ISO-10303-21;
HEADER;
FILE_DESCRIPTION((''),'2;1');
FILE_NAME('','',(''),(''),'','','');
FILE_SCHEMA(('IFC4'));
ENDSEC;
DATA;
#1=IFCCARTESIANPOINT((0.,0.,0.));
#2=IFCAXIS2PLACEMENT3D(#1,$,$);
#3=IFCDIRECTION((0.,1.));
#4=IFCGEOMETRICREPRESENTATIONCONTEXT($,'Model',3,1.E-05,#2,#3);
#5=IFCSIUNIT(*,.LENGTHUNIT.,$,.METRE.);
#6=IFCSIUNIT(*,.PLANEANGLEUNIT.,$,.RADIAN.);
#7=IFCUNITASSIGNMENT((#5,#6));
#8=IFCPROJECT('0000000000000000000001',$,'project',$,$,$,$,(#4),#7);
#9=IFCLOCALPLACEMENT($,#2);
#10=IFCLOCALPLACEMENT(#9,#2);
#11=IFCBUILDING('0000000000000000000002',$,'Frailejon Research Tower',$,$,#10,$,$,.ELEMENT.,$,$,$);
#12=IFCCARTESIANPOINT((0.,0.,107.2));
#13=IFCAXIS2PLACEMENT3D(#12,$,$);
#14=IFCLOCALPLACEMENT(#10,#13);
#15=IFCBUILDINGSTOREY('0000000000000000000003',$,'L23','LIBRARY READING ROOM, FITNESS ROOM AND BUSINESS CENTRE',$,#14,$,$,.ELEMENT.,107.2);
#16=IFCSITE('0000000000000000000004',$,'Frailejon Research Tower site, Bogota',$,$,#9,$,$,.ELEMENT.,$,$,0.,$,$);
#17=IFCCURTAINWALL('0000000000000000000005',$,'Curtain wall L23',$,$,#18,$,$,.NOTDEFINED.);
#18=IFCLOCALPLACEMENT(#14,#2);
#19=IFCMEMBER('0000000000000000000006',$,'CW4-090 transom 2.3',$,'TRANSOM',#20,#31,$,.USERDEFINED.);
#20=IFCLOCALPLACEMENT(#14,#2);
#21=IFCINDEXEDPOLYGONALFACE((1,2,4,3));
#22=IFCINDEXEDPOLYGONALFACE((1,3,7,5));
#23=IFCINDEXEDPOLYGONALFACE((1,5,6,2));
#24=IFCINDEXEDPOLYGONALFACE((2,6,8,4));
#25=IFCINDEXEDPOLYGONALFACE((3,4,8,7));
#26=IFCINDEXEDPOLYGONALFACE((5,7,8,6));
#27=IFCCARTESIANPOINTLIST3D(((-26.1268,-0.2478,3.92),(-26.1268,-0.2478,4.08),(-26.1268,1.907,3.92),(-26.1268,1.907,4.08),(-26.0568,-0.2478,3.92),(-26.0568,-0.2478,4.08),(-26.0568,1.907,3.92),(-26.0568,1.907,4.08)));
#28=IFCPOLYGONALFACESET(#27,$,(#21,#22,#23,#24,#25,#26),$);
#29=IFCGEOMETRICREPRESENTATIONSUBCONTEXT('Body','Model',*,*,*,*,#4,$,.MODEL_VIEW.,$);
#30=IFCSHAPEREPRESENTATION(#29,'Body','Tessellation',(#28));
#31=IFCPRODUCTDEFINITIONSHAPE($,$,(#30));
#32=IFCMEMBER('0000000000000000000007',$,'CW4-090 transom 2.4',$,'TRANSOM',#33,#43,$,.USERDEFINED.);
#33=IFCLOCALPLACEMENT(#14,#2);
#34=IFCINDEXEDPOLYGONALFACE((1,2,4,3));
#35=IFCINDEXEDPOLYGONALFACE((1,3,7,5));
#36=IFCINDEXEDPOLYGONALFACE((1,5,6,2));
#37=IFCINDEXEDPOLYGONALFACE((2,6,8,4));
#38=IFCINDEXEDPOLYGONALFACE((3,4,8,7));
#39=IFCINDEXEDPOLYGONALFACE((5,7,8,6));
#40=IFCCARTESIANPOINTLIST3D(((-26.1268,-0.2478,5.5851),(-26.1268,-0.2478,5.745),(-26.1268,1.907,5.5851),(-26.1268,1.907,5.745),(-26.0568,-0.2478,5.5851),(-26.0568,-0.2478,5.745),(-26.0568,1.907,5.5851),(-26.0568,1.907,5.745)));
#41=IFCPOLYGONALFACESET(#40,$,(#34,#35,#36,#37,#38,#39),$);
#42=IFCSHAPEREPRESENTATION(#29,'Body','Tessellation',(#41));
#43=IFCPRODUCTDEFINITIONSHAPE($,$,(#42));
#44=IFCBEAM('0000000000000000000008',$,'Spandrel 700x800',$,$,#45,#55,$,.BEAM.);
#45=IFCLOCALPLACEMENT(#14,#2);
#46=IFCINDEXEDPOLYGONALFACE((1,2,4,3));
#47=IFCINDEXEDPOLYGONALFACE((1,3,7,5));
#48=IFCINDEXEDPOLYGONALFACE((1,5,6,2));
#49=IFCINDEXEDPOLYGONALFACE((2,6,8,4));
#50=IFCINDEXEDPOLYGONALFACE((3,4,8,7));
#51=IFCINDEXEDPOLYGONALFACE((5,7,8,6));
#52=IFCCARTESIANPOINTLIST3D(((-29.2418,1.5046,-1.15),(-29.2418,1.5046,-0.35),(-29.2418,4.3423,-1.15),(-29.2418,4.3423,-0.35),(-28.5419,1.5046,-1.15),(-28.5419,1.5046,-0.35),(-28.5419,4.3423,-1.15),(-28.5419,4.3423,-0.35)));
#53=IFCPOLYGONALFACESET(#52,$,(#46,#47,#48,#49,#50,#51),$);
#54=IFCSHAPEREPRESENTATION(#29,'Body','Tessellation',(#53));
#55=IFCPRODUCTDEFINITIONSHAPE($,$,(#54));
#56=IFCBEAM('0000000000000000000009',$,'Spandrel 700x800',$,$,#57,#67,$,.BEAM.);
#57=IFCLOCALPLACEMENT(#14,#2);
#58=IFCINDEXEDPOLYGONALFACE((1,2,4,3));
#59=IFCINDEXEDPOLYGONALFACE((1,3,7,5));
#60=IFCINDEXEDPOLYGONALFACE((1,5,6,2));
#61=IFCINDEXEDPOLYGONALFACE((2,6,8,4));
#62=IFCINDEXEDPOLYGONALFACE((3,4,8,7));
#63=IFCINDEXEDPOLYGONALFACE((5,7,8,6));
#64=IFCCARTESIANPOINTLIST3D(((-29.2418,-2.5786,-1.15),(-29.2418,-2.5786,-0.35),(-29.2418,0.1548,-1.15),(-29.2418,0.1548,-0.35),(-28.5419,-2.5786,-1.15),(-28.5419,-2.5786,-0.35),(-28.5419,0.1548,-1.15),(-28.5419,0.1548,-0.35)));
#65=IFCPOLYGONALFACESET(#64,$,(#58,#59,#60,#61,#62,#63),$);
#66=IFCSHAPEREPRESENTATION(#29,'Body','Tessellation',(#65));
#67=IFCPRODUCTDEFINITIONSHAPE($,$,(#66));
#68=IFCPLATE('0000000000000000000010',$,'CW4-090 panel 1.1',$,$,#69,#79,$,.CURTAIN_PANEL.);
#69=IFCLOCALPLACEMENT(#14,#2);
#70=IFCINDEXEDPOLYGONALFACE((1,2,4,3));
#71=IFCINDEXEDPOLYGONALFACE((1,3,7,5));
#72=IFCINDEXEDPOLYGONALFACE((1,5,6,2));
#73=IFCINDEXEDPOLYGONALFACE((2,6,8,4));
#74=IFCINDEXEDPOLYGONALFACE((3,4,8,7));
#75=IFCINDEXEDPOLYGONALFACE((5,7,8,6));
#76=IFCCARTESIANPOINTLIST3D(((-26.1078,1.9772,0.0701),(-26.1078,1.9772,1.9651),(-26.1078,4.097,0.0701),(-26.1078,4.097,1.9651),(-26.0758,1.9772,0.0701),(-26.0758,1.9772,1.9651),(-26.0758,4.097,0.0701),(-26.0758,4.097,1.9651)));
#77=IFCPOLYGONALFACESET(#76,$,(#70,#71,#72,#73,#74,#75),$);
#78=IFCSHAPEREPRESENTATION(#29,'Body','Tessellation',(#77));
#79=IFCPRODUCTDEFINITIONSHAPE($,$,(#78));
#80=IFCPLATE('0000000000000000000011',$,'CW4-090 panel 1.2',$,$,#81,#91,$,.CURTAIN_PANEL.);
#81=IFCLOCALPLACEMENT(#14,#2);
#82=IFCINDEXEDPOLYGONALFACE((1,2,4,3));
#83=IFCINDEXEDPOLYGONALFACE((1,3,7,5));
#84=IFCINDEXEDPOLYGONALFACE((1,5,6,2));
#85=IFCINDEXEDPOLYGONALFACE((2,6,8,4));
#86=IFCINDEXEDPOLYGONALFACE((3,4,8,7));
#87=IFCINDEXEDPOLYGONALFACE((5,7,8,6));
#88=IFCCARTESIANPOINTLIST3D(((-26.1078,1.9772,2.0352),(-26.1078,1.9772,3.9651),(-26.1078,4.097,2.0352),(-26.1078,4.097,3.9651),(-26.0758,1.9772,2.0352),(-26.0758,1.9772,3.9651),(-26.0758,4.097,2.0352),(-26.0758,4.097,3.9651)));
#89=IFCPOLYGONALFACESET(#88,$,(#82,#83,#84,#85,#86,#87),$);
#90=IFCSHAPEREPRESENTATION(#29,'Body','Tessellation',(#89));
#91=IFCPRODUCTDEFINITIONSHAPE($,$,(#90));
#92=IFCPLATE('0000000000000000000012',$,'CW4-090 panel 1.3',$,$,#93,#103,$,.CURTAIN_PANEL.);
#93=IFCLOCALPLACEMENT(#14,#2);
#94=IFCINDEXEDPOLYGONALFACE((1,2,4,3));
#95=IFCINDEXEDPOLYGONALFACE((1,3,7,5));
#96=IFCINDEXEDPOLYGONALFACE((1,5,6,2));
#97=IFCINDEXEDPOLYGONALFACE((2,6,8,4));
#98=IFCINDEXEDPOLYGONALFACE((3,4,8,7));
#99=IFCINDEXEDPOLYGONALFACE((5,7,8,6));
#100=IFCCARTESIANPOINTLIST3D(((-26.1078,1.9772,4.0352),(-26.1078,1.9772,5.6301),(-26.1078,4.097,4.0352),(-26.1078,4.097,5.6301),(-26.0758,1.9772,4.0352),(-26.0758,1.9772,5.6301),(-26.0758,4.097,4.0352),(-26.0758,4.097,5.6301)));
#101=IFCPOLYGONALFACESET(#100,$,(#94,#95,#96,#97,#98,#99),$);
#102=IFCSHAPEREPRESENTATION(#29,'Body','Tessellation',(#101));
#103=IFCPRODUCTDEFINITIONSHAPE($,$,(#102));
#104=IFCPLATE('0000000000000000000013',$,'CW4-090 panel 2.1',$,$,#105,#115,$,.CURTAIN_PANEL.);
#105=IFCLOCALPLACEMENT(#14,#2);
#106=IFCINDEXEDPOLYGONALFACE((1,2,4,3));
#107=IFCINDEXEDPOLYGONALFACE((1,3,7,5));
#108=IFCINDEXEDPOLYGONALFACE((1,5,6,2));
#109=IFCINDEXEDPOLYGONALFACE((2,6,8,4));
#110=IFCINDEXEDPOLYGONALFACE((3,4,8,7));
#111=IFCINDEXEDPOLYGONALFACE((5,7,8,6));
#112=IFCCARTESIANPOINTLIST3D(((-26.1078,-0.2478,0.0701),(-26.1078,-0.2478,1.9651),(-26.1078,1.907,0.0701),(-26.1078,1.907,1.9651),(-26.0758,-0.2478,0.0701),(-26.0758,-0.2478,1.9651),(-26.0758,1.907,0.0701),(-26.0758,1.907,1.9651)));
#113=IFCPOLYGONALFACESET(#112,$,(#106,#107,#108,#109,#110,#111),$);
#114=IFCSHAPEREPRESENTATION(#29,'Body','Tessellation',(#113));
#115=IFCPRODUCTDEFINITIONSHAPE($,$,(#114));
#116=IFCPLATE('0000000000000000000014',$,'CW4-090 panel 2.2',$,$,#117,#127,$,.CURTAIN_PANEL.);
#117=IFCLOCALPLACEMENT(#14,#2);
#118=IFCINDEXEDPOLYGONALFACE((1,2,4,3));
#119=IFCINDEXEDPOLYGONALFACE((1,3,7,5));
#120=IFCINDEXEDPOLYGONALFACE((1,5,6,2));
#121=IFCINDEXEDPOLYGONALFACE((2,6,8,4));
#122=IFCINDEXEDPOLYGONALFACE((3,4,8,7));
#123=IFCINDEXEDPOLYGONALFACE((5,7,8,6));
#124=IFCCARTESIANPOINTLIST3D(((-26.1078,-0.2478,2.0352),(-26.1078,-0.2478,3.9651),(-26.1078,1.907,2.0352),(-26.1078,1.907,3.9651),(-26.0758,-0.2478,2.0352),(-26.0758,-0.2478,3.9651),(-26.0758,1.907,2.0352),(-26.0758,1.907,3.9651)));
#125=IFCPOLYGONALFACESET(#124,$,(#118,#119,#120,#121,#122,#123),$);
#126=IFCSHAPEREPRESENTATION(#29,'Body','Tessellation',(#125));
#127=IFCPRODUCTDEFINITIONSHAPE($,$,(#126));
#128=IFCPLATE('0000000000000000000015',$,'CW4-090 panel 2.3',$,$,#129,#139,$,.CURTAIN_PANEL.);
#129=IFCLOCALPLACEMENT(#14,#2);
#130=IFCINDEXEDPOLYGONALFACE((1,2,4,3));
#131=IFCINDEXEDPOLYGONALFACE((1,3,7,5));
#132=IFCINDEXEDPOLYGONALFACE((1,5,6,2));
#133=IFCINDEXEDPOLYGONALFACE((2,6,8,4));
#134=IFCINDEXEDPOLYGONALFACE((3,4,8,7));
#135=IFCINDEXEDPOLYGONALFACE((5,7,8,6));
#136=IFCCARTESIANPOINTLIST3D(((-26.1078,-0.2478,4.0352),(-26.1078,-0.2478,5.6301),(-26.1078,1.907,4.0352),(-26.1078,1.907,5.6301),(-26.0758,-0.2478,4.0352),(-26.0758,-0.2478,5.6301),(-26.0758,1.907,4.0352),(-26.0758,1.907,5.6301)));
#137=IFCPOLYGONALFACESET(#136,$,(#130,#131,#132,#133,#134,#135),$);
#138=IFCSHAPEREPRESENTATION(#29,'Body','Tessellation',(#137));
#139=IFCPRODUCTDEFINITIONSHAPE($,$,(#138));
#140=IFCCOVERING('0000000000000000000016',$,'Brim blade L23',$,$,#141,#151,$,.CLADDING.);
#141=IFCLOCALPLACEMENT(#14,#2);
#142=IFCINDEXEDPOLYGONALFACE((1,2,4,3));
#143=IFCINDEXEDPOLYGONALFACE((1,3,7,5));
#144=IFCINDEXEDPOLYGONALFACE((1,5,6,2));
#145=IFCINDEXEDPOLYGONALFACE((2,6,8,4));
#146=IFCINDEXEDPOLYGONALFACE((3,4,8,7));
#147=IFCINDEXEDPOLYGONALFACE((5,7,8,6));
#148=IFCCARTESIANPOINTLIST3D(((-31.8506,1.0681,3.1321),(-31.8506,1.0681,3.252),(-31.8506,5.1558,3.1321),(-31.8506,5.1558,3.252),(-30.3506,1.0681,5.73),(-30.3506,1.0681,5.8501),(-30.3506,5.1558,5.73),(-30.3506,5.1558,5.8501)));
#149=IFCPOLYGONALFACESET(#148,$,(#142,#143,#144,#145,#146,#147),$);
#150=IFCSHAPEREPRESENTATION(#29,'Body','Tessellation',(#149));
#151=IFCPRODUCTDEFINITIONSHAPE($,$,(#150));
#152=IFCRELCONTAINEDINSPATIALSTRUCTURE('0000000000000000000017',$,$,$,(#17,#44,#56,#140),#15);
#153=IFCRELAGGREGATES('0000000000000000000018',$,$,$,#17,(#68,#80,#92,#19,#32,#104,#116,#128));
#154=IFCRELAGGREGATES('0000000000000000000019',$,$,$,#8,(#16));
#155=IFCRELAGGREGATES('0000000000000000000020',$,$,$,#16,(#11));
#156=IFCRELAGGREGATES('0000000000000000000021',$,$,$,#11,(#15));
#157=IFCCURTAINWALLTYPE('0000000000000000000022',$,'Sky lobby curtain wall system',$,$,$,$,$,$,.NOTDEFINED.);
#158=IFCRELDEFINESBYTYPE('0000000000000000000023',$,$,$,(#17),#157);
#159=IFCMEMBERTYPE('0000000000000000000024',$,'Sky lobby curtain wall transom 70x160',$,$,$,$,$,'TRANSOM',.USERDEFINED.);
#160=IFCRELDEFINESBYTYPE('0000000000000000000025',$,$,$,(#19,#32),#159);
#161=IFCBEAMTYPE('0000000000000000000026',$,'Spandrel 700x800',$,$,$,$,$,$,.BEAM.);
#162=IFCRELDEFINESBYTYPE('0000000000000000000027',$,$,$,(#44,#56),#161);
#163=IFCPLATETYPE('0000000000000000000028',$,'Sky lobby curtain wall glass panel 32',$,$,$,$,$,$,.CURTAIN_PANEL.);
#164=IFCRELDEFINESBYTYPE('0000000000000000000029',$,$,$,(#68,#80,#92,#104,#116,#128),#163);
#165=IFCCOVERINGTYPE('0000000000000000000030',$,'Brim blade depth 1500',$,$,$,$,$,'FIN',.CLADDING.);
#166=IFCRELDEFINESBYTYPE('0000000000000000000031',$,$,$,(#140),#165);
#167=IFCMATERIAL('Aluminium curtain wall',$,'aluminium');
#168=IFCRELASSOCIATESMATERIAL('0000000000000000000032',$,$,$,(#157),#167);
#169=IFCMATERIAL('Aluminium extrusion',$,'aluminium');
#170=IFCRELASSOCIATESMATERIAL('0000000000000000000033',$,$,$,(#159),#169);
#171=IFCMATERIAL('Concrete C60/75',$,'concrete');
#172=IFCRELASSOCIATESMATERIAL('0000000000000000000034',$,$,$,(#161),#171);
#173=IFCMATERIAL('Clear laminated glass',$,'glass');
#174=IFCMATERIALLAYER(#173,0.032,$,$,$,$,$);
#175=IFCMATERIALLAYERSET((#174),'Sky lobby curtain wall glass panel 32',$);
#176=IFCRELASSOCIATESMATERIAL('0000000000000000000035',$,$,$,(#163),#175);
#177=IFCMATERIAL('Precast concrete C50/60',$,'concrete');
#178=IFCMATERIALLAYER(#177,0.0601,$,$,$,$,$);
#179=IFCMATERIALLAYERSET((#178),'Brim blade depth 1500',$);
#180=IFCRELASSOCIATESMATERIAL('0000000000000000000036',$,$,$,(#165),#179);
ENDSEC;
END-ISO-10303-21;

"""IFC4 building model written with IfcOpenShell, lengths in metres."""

from ifc_helpers import new_model, si_unit, direction, frame, origin, origin_2d, place, context, subcontext, project, spatial, polyline, rectangle, outline, extrude, material, layer, layer_set, material_profile, profile_set, type_object, element, aggregate, save


model = new_model("IFC4")

# Units and contexts
model_context = context("Model", 3, precision=1e-05, world=origin(), true_north=direction((0.0, 1.0)))
body_context = subcontext(model_context, "Body", "Model", "MODEL_VIEW")
ifc_project = project(units=[si_unit("LENGTHUNIT", "METRE"), si_unit("PLANEANGLEUNIT", "RADIAN")], contexts=[model_context])

# Site, building, storey
site_placement = place(None, origin())
site = spatial("IfcSite", under=ifc_project, at=site_placement, Name="Frailejon Research Tower site, Bogota", CompositionType="ELEMENT", RefElevation=0.0)
building_placement = place(site_placement, origin())
building = spatial("IfcBuilding", under=site, at=building_placement, Name="Frailejon Research Tower", CompositionType="ELEMENT")
storey_placement = place(building_placement, frame((0.0, 0.0, 107.2)))
storey = spatial("IfcBuildingStorey", under=building, at=storey_placement, Name="L23", Description="LIBRARY READING ROOM, FITNESS ROOM AND BUSINESS CENTRE", CompositionType="ELEMENT", Elevation=107.2)

# Shared definitions
ifc_material_1 = material(Name="Aluminium curtain wall", Category="aluminium")
curtain_wall_type = type_object("IfcCurtainWallType", Name="Sky lobby curtain wall system", PredefinedType="NOTDEFINED", material=ifc_material_1)

# Curtain wall, members
curtain_wall_1_placement = place(storey_placement, origin())
curtain_wall_1 = element("IfcCurtainWall", 1, at=curtain_wall_1_placement, inside=storey, type_object=curtain_wall_type, Name="Curtain wall L23", PredefinedType="NOTDEFINED")
ifc_material_2 = material(Name="Aluminium extrusion", Category="aluminium")
ifc_material_profile_1 = material_profile(ifc_material_2, rectangle(XDim=0.0701, YDim=0.1599, at=origin_2d()), Name="Sky lobby curtain wall transom 70x160")
ifc_profile_set_1 = profile_set([ifc_material_profile_1], Name="Aluminium extrusion")
member_type_1 = type_object("IfcMemberType", Name="Sky lobby curtain wall transom 70x160", ElementType="TRANSOM", PredefinedType="USERDEFINED", material=ifc_profile_set_1)
member_1_placement = place(storey_placement, frame((-26.0918, 1.907, 4.0), z_axis=(0.0, -1.0, 0.0), x_axis=(1.0, 0.0, 0.0)))
member_1 = element("IfcMember", 2, at=member_1_placement, type_object=member_type_1, Name="CW4-090 transom 2.3", ObjectType="TRANSOM", PredefinedType="USERDEFINED", context=body_context, shape_type="SweptSolid", body=[
    extrude(rectangle(XDim=0.0701, YDim=0.1599, at=origin_2d()), origin(), (0.0, 0.0, 1.0), 2.1548),
])
member_2_placement = place(storey_placement, frame((-26.0918, 1.907, 5.665), z_axis=(0.0, -1.0, 0.0), x_axis=(1.0, 0.0, 0.0)))
member_2 = element("IfcMember", 3, at=member_2_placement, type_object=member_type_1, Name="CW4-090 transom 2.4", ObjectType="TRANSOM", PredefinedType="USERDEFINED", context=body_context, shape_type="SweptSolid", body=[
    extrude(rectangle(XDim=0.0701, YDim=0.1599, at=origin_2d()), origin(), (0.0, 0.0, 1.0), 2.1548),
])

# Beams
ifc_material_3 = material(Name="Concrete C60/75", Category="concrete")
ifc_material_profile_2 = material_profile(ifc_material_3, rectangle(XDim=0.7, YDim=0.8, at=origin_2d()), Name="Spandrel 700x800")
ifc_profile_set_2 = profile_set([ifc_material_profile_2], Name="Concrete C60/75")
beam_type_1 = type_object("IfcBeamType", Name="Spandrel 700x800", PredefinedType="BEAM", material=ifc_profile_set_2)
beam_1_placement = place(storey_placement, frame((-28.8918, 4.3423, -0.75), z_axis=(0.0, -1.0, 0.0), x_axis=(1.0, 0.0, 0.0)))
element("IfcBeam", 4, at=beam_1_placement, inside=storey, type_object=beam_type_1, Name="Spandrel 700x800", PredefinedType="BEAM", context=body_context, shape_type="SweptSolid", body=[
    extrude(rectangle(XDim=0.7, YDim=0.8, at=origin_2d()), origin(), (0.0, 0.0, 1.0), 2.8376),
])
beam_2_placement = place(storey_placement, frame((-28.8918, 0.1548, -0.75), z_axis=(0.0, -1.0, 0.0), x_axis=(1.0, 0.0, 0.0)))
element("IfcBeam", 5, at=beam_2_placement, inside=storey, type_object=beam_type_1, Name="Spandrel 700x800", PredefinedType="BEAM", context=body_context, shape_type="SweptSolid", body=[
    extrude(rectangle(XDim=0.7, YDim=0.8, at=origin_2d()), origin(), (0.0, 0.0, 1.0), 2.7334),
])

# Plates
ifc_material_4 = material(Name="Clear laminated glass", Category="glass")
ifc_layer_1 = layer(ifc_material_4, 0.032)
ifc_layer_set_1 = layer_set([ifc_layer_1], Name="Sky lobby curtain wall glass panel 32")
plate_type = type_object("IfcPlateType", Name="Sky lobby curtain wall glass panel 32", PredefinedType="CURTAIN_PANEL", material=ifc_layer_set_1)
plate_1_placement = place(storey_placement, frame((-26.0918, 3.0371, 0.0701), z_axis=(0.0, 0.0, 1.0), x_axis=(0.0, -1.0, 0.0)))
plate_1 = element("IfcPlate", 6, at=plate_1_placement, type_object=plate_type, Name="CW4-090 panel 1.1", PredefinedType="CURTAIN_PANEL", context=body_context, shape_type="SweptSolid", body=[
    extrude(rectangle(XDim=2.1199, YDim=0.032, at=origin_2d()), origin(), (0.0, 0.0, 1.0), 1.895),
])
plate_2_placement = place(storey_placement, frame((-26.0918, 3.0371, 2.0352), z_axis=(0.0, 0.0, 1.0), x_axis=(0.0, -1.0, 0.0)))
plate_2 = element("IfcPlate", 7, at=plate_2_placement, type_object=plate_type, Name="CW4-090 panel 1.2", PredefinedType="CURTAIN_PANEL", context=body_context, shape_type="SweptSolid", body=[
    extrude(rectangle(XDim=2.1199, YDim=0.032, at=origin_2d()), origin(), (0.0, 0.0, 1.0), 1.9299),
])
plate_3_placement = place(storey_placement, frame((-26.0918, 3.0371, 4.0352), z_axis=(0.0, 0.0, 1.0), x_axis=(0.0, -1.0, 0.0)))
plate_3 = element("IfcPlate", 8, at=plate_3_placement, type_object=plate_type, Name="CW4-090 panel 1.3", PredefinedType="CURTAIN_PANEL", context=body_context, shape_type="SweptSolid", body=[
    extrude(rectangle(XDim=2.1199, YDim=0.032, at=origin_2d()), origin(), (0.0, 0.0, 1.0), 1.595),
])
plate_4_placement = place(storey_placement, frame((-26.0918, 0.8296, 0.0701), z_axis=(0.0, 0.0, 1.0), x_axis=(0.0, -1.0, 0.0)))
plate_4 = element("IfcPlate", 9, at=plate_4_placement, type_object=plate_type, Name="CW4-090 panel 2.1", PredefinedType="CURTAIN_PANEL", context=body_context, shape_type="SweptSolid", body=[
    extrude(rectangle(XDim=2.1548, YDim=0.032, at=origin_2d()), origin(), (0.0, 0.0, 1.0), 1.895),
])
plate_5_placement = place(storey_placement, frame((-26.0918, 0.8296, 2.0352), z_axis=(0.0, 0.0, 1.0), x_axis=(0.0, -1.0, 0.0)))
plate_5 = element("IfcPlate", 10, at=plate_5_placement, type_object=plate_type, Name="CW4-090 panel 2.2", PredefinedType="CURTAIN_PANEL", context=body_context, shape_type="SweptSolid", body=[
    extrude(rectangle(XDim=2.1548, YDim=0.032, at=origin_2d()), origin(), (0.0, 0.0, 1.0), 1.9299),
])
plate_6_placement = place(storey_placement, frame((-26.0918, 0.8296, 4.0352), z_axis=(0.0, 0.0, 1.0), x_axis=(0.0, -1.0, 0.0)))
plate_6 = element("IfcPlate", 11, at=plate_6_placement, type_object=plate_type, Name="CW4-090 panel 2.3", PredefinedType="CURTAIN_PANEL", context=body_context, shape_type="SweptSolid", body=[
    extrude(rectangle(XDim=2.1548, YDim=0.032, at=origin_2d()), origin(), (0.0, 0.0, 1.0), 1.595),
])
aggregate(curtain_wall_1, [plate_1, plate_2, plate_3, member_1, member_2, plate_4, plate_5, plate_6])

# Covering
ifc_material_5 = material(Name="Precast concrete C50/60", Category="concrete")
ifc_layer_2 = layer(ifc_material_5, 0.0601)
ifc_layer_set_2 = layer_set([ifc_layer_2], Name="Brim blade depth 1500")
covering_type = type_object("IfcCoveringType", Name="Brim blade depth 1500", ElementType="FIN", PredefinedType="CLADDING", material=ifc_layer_set_2)
covering_placement = place(storey_placement, frame((-30.3506, 1.0681, 5.8501), z_axis=(0.0, 1.0, 0.0), x_axis=(-1.0, 0.0, 0.0)))
element("IfcCovering", 12, at=covering_placement, inside=storey, type_object=covering_type, Name="Brim blade L23", PredefinedType="CLADDING", context=body_context, shape_type="SweptSolid", body=[
    extrude(outline(polyline([(0.0, -0.1201), (1.5, -2.718), (1.5, -2.5981), (0.0, 0.0), (0.0, -0.1201)])), origin(), (0.0, 0.0, 1.0), 4.0876),
])

save(model, "model.ifc")
